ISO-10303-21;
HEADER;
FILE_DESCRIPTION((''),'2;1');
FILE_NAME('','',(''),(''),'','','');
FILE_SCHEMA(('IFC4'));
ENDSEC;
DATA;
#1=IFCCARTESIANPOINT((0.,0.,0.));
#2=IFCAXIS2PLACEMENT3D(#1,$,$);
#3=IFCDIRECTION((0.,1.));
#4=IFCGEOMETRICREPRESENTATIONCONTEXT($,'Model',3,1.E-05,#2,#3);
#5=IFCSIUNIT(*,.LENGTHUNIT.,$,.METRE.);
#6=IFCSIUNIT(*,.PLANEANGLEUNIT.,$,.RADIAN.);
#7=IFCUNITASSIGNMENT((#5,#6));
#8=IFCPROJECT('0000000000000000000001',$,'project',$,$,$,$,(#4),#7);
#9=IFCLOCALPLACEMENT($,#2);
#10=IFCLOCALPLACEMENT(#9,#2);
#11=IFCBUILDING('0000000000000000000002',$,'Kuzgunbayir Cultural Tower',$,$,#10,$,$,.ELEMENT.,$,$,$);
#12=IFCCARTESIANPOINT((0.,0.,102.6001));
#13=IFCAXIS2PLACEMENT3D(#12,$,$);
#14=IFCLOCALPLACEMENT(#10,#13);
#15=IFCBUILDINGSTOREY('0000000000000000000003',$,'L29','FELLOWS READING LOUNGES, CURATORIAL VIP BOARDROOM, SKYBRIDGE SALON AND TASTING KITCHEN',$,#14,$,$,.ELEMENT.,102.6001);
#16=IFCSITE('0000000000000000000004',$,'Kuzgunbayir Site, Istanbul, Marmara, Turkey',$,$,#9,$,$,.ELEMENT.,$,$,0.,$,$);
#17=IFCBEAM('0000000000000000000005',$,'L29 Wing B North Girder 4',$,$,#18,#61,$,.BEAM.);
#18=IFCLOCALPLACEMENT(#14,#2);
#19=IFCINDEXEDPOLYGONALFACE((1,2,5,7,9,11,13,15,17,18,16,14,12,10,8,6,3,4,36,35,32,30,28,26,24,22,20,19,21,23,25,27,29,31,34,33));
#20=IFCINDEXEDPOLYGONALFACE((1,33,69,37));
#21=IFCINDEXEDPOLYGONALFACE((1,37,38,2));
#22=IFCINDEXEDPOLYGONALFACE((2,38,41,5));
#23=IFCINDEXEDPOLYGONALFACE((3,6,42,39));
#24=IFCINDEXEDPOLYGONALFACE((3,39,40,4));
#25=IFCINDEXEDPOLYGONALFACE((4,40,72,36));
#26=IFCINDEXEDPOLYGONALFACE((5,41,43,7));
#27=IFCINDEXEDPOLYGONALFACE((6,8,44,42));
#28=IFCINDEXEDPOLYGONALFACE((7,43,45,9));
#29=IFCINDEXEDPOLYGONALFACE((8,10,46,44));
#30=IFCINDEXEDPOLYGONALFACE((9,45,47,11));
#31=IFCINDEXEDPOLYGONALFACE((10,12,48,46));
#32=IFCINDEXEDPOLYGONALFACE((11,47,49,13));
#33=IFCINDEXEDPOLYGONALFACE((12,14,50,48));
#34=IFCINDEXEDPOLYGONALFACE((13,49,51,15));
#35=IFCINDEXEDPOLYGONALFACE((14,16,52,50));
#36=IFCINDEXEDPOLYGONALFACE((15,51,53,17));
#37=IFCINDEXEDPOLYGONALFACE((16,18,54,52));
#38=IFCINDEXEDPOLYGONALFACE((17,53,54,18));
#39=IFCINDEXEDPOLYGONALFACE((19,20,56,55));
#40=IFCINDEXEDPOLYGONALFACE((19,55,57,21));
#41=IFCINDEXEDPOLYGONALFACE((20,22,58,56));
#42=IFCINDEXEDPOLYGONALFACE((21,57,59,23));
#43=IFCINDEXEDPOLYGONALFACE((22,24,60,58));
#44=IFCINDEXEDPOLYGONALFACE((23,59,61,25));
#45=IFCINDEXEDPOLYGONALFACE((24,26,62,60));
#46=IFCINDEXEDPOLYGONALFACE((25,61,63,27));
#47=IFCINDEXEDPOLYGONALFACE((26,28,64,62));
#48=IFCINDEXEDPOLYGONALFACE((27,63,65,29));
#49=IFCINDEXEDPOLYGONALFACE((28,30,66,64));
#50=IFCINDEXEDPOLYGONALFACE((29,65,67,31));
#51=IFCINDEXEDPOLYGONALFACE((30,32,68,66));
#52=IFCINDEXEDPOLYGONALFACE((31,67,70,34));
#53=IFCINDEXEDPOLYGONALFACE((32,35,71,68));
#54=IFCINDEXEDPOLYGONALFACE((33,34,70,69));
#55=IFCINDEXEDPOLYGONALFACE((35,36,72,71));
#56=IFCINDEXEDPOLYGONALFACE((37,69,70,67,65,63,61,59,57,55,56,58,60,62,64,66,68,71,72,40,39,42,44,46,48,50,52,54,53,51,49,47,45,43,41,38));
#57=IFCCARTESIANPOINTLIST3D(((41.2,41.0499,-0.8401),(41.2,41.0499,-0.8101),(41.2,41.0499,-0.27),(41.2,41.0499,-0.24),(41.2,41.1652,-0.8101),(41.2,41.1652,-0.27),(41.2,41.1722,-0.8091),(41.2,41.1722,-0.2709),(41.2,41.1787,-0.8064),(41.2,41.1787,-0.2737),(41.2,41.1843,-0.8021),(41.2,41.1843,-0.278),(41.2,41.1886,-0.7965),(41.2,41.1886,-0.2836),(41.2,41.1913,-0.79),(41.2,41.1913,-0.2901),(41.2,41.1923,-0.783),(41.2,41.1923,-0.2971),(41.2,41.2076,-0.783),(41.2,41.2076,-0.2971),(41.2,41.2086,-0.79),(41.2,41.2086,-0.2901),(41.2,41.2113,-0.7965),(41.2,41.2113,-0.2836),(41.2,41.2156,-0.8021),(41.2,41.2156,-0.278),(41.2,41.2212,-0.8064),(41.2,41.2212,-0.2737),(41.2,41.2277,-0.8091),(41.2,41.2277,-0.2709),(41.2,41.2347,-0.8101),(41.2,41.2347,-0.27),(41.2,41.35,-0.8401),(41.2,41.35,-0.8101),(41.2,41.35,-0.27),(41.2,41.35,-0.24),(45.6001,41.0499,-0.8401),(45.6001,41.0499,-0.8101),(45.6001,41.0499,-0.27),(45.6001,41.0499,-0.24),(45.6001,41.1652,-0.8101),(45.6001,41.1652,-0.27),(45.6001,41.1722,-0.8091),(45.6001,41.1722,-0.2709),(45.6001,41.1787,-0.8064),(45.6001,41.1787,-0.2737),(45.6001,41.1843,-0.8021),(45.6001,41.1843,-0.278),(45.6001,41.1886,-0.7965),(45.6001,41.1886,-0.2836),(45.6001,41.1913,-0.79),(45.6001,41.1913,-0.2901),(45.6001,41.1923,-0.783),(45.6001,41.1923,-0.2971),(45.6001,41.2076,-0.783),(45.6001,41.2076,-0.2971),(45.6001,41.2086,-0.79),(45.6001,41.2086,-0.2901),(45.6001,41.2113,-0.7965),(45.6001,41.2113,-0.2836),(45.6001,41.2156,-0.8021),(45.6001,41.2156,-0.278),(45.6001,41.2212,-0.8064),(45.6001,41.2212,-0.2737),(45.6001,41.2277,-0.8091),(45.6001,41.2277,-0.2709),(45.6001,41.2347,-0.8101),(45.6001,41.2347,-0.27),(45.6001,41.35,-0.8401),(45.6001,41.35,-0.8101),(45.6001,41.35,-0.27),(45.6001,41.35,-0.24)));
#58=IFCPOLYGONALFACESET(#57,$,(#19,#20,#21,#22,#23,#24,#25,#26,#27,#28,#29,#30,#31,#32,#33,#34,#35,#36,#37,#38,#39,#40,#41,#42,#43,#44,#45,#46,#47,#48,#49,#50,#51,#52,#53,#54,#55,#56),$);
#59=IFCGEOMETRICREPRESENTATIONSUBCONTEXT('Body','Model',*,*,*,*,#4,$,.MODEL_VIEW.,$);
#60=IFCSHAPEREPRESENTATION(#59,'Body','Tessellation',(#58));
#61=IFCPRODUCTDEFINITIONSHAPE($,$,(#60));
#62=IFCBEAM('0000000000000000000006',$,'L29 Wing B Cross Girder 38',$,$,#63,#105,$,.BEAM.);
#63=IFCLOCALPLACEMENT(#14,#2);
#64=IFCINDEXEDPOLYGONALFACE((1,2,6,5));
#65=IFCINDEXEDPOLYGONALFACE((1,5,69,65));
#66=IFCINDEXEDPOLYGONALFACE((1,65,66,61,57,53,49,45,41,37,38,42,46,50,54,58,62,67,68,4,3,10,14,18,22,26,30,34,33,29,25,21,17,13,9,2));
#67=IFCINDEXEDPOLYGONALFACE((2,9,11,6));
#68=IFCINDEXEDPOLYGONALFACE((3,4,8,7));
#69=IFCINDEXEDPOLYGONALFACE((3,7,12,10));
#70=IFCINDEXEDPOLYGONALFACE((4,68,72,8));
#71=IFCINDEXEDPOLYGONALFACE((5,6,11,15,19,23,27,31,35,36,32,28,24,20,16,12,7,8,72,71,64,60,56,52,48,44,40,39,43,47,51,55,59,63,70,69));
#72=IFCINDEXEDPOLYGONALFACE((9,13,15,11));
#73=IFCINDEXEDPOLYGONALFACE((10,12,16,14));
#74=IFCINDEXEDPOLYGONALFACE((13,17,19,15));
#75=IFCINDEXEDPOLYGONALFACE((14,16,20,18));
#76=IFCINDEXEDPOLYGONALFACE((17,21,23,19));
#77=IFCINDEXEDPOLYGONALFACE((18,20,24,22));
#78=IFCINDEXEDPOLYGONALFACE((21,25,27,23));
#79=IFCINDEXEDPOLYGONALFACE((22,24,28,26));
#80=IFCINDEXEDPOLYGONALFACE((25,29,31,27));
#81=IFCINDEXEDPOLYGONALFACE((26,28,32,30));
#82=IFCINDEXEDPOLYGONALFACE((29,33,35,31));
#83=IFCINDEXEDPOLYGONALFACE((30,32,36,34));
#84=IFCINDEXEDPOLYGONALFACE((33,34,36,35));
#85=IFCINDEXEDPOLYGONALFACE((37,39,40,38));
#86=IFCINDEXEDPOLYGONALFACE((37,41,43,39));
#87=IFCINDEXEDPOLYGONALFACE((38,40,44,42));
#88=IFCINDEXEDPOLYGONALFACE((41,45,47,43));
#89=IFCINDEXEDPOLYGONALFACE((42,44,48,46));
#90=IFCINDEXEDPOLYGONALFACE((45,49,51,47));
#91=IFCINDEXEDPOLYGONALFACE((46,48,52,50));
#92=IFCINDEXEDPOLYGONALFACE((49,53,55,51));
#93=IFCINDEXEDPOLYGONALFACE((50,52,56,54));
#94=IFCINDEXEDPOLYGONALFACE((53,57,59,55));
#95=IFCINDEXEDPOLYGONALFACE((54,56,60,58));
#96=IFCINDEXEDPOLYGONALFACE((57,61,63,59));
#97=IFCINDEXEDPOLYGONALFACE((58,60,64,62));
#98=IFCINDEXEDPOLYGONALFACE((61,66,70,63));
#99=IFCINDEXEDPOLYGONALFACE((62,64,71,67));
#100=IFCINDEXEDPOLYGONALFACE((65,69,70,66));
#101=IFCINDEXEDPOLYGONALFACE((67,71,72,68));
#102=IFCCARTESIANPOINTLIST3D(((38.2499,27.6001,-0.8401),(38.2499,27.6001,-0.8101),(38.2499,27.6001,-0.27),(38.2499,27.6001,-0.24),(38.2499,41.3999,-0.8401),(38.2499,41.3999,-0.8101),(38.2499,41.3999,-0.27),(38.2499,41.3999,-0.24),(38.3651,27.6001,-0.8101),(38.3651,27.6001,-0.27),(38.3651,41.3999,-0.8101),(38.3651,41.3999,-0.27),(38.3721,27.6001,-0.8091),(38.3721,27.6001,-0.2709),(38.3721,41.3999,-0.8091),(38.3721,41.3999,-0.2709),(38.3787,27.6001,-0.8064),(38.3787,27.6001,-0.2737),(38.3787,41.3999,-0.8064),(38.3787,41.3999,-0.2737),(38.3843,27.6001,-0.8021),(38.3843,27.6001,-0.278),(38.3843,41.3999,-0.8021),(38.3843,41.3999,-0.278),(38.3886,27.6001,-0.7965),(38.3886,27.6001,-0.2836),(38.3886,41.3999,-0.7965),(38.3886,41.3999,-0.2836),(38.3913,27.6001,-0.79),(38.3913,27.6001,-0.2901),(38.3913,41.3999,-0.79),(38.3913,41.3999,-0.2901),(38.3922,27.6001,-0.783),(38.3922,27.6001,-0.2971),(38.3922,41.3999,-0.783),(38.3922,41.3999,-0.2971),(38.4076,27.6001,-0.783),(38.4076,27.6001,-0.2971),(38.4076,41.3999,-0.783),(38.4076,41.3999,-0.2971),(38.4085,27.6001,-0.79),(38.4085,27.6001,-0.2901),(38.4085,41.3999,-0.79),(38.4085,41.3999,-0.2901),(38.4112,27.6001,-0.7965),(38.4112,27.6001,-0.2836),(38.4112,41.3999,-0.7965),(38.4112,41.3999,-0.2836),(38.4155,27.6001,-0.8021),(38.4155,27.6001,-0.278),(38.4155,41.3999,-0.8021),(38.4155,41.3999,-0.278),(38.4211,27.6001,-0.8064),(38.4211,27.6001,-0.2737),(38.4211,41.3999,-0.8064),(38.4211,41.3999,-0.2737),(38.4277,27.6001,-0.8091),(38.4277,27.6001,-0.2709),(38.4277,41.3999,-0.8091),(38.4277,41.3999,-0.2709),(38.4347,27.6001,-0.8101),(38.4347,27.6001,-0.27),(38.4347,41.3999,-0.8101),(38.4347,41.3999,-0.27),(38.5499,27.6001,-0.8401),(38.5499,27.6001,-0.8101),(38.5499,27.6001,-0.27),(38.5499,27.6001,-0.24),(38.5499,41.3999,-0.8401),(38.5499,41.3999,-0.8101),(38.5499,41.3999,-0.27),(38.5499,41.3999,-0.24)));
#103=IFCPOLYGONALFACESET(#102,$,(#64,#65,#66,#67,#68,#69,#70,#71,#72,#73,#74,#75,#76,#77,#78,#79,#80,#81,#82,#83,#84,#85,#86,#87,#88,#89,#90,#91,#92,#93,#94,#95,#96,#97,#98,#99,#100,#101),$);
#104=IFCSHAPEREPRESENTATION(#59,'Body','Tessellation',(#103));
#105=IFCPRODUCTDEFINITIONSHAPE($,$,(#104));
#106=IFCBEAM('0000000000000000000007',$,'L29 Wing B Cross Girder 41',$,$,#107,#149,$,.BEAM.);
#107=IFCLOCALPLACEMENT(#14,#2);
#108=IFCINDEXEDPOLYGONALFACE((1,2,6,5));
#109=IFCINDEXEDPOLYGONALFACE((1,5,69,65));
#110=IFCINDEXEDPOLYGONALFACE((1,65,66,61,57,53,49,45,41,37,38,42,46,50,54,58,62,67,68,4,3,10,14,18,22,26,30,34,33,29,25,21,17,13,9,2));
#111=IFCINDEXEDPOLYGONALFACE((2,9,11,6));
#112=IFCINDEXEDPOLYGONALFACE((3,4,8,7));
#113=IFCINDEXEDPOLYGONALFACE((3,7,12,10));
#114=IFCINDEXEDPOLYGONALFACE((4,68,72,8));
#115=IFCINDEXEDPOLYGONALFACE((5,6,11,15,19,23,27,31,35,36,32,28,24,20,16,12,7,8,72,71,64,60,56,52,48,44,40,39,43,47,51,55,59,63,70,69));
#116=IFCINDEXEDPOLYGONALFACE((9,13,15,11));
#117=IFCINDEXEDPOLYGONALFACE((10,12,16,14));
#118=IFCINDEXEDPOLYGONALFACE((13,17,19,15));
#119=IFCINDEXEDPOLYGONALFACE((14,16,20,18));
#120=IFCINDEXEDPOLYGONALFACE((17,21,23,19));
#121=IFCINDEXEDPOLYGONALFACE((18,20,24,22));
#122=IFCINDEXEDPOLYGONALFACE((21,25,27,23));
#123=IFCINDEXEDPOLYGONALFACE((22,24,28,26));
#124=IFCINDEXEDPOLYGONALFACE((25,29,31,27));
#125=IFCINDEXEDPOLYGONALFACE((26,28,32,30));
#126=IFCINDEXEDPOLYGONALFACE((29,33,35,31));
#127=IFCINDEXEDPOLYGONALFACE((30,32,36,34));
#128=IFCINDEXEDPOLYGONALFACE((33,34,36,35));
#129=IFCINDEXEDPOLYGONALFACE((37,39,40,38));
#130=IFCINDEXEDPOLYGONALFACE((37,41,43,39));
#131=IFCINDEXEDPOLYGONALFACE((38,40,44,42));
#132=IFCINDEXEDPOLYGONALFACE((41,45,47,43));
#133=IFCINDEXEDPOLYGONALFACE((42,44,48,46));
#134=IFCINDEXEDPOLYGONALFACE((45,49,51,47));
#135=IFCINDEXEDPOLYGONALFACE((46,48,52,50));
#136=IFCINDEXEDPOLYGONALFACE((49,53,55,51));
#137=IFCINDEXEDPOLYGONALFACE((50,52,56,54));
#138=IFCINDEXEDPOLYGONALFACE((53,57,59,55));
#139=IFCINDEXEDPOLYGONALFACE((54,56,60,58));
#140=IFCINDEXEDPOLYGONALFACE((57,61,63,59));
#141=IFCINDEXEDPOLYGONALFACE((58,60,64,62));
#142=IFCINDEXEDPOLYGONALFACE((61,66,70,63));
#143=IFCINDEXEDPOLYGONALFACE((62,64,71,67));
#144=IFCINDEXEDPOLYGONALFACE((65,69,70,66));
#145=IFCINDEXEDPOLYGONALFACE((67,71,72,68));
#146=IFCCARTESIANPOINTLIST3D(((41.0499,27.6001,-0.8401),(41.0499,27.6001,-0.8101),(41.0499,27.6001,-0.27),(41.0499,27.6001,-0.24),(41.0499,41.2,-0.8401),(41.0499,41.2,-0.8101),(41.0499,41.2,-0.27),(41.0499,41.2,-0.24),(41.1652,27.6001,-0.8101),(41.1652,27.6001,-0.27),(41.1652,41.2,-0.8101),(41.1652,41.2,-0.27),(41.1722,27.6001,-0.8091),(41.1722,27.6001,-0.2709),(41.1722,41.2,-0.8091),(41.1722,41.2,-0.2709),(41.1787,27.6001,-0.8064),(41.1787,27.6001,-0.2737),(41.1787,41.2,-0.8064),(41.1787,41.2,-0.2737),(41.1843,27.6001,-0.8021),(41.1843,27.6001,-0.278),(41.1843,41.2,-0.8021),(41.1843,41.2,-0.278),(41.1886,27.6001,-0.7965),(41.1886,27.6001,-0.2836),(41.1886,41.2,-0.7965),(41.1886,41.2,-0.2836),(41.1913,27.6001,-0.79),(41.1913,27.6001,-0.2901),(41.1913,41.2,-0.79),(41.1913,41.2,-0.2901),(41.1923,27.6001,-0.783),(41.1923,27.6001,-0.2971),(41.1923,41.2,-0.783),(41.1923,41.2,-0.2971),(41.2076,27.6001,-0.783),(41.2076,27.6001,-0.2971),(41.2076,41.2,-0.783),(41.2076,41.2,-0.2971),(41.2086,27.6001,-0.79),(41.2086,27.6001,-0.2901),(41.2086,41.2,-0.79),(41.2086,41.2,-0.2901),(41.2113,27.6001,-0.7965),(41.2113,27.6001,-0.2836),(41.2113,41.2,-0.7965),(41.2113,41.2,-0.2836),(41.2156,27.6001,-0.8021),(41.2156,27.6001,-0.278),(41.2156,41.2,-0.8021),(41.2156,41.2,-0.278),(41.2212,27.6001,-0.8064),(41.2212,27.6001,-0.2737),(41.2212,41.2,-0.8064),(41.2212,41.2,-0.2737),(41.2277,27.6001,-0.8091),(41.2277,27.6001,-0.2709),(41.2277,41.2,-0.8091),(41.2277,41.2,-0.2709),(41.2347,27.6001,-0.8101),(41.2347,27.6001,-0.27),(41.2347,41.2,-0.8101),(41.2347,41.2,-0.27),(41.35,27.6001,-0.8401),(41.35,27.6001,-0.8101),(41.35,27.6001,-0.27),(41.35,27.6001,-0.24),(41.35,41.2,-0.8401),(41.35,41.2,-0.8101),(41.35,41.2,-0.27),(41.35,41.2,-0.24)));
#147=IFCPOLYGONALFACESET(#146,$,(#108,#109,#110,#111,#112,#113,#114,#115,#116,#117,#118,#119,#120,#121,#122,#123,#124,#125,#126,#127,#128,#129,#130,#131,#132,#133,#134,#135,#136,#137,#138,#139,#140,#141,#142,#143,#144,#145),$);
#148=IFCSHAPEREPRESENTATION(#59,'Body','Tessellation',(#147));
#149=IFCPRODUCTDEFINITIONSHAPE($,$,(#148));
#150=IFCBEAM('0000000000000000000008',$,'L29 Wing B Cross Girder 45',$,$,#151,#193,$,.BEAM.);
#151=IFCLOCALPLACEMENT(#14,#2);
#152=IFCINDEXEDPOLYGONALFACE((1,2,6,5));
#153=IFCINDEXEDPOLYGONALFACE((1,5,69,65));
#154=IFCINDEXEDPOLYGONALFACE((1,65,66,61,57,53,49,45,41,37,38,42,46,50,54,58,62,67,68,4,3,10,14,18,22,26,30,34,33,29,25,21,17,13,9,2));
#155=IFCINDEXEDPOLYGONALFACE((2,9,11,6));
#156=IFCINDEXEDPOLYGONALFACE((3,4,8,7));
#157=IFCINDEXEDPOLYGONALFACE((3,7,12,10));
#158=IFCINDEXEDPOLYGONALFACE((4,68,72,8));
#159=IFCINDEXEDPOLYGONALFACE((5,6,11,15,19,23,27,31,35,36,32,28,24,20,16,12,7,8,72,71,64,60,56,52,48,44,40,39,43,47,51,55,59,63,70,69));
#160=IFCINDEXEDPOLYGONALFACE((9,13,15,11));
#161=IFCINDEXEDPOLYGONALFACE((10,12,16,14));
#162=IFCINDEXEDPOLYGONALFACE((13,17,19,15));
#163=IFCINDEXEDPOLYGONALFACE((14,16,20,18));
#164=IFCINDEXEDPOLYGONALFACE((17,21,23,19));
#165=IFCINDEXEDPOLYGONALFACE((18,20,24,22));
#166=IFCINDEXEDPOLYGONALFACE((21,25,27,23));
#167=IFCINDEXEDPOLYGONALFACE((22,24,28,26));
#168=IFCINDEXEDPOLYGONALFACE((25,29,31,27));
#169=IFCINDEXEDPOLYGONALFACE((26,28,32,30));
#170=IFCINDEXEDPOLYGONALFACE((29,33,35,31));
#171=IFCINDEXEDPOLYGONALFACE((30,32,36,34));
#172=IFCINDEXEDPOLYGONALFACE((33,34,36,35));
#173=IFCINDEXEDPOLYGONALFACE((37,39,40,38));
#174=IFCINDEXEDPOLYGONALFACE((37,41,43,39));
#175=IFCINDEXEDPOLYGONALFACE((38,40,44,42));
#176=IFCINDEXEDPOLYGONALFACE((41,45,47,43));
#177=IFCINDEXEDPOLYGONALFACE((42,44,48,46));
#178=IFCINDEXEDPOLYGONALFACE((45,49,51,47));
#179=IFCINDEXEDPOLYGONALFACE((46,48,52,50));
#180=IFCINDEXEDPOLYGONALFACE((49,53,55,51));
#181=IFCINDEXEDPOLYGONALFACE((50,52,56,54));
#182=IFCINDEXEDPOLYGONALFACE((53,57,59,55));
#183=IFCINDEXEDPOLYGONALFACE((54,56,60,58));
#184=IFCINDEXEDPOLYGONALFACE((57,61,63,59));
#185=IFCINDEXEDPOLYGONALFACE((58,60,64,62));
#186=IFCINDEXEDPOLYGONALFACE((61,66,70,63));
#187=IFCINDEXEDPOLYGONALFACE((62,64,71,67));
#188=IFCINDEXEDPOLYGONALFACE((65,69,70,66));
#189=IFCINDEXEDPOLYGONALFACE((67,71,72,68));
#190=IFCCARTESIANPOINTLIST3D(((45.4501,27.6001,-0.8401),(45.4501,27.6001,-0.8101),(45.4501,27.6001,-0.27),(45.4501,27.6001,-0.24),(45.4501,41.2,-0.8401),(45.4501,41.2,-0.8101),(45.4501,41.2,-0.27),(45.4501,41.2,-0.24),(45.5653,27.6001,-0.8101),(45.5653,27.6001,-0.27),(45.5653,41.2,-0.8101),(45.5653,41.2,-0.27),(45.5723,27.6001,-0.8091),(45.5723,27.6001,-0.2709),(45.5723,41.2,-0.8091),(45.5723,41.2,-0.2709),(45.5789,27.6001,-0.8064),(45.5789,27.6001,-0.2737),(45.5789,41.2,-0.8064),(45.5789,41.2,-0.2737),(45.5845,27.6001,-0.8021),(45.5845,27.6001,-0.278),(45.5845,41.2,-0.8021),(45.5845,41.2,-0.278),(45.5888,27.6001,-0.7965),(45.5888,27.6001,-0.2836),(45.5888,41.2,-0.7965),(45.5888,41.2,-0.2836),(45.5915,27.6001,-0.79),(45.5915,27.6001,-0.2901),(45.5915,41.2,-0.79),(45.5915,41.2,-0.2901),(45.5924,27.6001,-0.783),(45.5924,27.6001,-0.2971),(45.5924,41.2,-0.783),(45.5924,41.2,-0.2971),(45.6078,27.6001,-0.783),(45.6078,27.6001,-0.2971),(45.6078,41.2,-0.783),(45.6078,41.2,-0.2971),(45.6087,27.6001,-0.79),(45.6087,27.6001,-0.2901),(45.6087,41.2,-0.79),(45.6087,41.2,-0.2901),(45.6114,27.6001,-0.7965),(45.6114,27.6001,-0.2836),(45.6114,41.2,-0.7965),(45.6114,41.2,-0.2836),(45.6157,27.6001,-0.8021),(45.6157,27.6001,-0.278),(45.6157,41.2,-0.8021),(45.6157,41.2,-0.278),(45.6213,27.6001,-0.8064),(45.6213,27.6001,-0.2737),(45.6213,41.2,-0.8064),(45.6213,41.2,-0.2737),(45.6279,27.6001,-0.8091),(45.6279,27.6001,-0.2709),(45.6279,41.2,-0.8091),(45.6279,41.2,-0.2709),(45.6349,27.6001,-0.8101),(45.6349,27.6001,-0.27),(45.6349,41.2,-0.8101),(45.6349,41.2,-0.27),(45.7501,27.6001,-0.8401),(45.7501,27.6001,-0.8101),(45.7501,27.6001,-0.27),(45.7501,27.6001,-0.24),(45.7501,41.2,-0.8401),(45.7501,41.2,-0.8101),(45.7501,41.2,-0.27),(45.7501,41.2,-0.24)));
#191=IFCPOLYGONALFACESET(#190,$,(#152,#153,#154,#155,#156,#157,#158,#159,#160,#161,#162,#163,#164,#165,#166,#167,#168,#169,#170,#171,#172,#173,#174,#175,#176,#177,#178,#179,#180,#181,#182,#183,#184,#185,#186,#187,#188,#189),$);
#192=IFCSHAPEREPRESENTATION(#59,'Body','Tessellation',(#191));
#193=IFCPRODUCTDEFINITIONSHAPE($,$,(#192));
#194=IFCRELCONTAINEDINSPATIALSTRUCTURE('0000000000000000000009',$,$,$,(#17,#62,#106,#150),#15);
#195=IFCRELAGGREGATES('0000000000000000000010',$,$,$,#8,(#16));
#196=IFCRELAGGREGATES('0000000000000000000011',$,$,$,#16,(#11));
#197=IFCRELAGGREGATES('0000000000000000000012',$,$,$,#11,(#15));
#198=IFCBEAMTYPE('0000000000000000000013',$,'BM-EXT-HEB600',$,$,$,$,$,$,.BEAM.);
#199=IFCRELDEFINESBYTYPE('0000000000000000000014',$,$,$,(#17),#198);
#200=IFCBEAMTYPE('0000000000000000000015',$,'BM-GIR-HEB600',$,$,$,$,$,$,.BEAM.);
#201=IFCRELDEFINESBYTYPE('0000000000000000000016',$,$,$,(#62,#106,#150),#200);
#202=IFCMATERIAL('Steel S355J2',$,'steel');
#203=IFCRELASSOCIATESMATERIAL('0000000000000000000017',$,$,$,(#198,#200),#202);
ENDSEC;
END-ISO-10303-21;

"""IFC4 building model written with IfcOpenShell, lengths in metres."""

from ifc_helpers import new_model, si_unit, direction, frame, origin, origin_2d, place, context, subcontext, project, spatial, i_section, extrude, material, material_profile, profile_set, type_object, element, save


model = new_model("IFC4")

# Units and contexts
model_context = context("Model", 3, precision=1e-05, world=origin(), true_north=direction((0.0, 1.0)))
body_context = subcontext(model_context, "Body", "Model", "MODEL_VIEW")
ifc_project = project(units=[si_unit("LENGTHUNIT", "METRE"), si_unit("PLANEANGLEUNIT", "RADIAN")], contexts=[model_context])

# Site, building, storey
site_placement = place(None, origin())
site = spatial("IfcSite", under=ifc_project, at=site_placement, Name="Kuzgunbayir Site, Istanbul, Marmara, Turkey", CompositionType="ELEMENT", RefElevation=0.0)
building_placement = place(site_placement, origin())
building = spatial("IfcBuilding", under=site, at=building_placement, Name="Kuzgunbayir Cultural Tower", CompositionType="ELEMENT")
storey_placement = place(building_placement, frame((0.0, 0.0, 102.6001)))
storey = spatial("IfcBuildingStorey", under=building, at=storey_placement, Name="L29", Description="FELLOWS READING LOUNGES, CURATORIAL VIP BOARDROOM, SKYBRIDGE SALON AND TASTING KITCHEN", CompositionType="ELEMENT", Elevation=102.6001)

# Beams
ifc_material_1 = material(Name="Steel S355J2", Category="steel")
ifc_material_profile_1 = material_profile(ifc_material_1, i_section(OverallWidth=0.3, OverallDepth=0.6001, WebThickness=0.0154, FlangeThickness=0.03, FilletRadius=0.0271, at=origin_2d()), Name="HEB 600")
ifc_profile_set_1 = profile_set([ifc_material_profile_1], Name="Steel S355J2")
beam_type_1 = type_object("IfcBeamType", Name="BM-EXT-HEB600", PredefinedType="BEAM", material=ifc_profile_set_1)
for number, where, z_axis, x_axis, name in (
    (1, (41.2, 41.2, -0.54), (1.0, 0.0, 0.0), (0.0, 1.0, 0.0), "L29 Wing B North Girder 4"),
):
    element("IfcBeam", number, at=place(storey_placement, frame(where, z_axis=z_axis, x_axis=x_axis)), inside=storey, type_object=beam_type_1, Name=name, PredefinedType="BEAM", context=body_context, shape_type="SweptSolid", body=[
        extrude(i_section(OverallWidth=0.3, OverallDepth=0.6001, WebThickness=0.0154, FlangeThickness=0.03, FilletRadius=0.0271, at=origin_2d()), origin(), (0.0, 0.0, 1.0), 4.4001),
    ])
ifc_material_profile_2 = material_profile(ifc_material_1, i_section(OverallWidth=0.3, OverallDepth=0.6001, WebThickness=0.0154, FlangeThickness=0.03, FilletRadius=0.0271, at=origin_2d()), Name="HEB 600")
ifc_profile_set_2 = profile_set([ifc_material_profile_2], Name="Steel S355J2")
beam_type_2 = type_object("IfcBeamType", Name="BM-GIR-HEB600", PredefinedType="BEAM", material=ifc_profile_set_2)
beam_1_placement = place(storey_placement, frame((38.3999, 27.6001, -0.54), z_axis=(0.0, 1.0, 0.0), x_axis=(-1.0, 0.0, 0.0)))
element("IfcBeam", 2, at=beam_1_placement, inside=storey, type_object=beam_type_2, Name="L29 Wing B Cross Girder 38", PredefinedType="BEAM", context=body_context, shape_type="SweptSolid", body=[
    extrude(i_section(OverallWidth=0.3, OverallDepth=0.6001, WebThickness=0.0154, FlangeThickness=0.03, FilletRadius=0.0271, at=origin_2d()), origin(), (0.0, 0.0, 1.0), 13.7998),
])
for number, where, z_axis, x_axis, name in (
    (3, (41.2, 27.6001, -0.54), (0.0, 1.0, 0.0), (-1.0, 0.0, 0.0), "L29 Wing B Cross Girder 41"),
    (4, (45.6001, 27.6001, -0.54), (0.0, 1.0, 0.0), (-1.0, 0.0, 0.0), "L29 Wing B Cross Girder 45"),
):
    element("IfcBeam", number, at=place(storey_placement, frame(where, z_axis=z_axis, x_axis=x_axis)), inside=storey, type_object=beam_type_2, Name=name, PredefinedType="BEAM", context=body_context, shape_type="SweptSolid", body=[
        extrude(i_section(OverallWidth=0.3, OverallDepth=0.6001, WebThickness=0.0154, FlangeThickness=0.03, FilletRadius=0.0271, at=origin_2d()), origin(), (0.0, 0.0, 1.0), 13.5999),
    ])

save(model, "model.ifc")
